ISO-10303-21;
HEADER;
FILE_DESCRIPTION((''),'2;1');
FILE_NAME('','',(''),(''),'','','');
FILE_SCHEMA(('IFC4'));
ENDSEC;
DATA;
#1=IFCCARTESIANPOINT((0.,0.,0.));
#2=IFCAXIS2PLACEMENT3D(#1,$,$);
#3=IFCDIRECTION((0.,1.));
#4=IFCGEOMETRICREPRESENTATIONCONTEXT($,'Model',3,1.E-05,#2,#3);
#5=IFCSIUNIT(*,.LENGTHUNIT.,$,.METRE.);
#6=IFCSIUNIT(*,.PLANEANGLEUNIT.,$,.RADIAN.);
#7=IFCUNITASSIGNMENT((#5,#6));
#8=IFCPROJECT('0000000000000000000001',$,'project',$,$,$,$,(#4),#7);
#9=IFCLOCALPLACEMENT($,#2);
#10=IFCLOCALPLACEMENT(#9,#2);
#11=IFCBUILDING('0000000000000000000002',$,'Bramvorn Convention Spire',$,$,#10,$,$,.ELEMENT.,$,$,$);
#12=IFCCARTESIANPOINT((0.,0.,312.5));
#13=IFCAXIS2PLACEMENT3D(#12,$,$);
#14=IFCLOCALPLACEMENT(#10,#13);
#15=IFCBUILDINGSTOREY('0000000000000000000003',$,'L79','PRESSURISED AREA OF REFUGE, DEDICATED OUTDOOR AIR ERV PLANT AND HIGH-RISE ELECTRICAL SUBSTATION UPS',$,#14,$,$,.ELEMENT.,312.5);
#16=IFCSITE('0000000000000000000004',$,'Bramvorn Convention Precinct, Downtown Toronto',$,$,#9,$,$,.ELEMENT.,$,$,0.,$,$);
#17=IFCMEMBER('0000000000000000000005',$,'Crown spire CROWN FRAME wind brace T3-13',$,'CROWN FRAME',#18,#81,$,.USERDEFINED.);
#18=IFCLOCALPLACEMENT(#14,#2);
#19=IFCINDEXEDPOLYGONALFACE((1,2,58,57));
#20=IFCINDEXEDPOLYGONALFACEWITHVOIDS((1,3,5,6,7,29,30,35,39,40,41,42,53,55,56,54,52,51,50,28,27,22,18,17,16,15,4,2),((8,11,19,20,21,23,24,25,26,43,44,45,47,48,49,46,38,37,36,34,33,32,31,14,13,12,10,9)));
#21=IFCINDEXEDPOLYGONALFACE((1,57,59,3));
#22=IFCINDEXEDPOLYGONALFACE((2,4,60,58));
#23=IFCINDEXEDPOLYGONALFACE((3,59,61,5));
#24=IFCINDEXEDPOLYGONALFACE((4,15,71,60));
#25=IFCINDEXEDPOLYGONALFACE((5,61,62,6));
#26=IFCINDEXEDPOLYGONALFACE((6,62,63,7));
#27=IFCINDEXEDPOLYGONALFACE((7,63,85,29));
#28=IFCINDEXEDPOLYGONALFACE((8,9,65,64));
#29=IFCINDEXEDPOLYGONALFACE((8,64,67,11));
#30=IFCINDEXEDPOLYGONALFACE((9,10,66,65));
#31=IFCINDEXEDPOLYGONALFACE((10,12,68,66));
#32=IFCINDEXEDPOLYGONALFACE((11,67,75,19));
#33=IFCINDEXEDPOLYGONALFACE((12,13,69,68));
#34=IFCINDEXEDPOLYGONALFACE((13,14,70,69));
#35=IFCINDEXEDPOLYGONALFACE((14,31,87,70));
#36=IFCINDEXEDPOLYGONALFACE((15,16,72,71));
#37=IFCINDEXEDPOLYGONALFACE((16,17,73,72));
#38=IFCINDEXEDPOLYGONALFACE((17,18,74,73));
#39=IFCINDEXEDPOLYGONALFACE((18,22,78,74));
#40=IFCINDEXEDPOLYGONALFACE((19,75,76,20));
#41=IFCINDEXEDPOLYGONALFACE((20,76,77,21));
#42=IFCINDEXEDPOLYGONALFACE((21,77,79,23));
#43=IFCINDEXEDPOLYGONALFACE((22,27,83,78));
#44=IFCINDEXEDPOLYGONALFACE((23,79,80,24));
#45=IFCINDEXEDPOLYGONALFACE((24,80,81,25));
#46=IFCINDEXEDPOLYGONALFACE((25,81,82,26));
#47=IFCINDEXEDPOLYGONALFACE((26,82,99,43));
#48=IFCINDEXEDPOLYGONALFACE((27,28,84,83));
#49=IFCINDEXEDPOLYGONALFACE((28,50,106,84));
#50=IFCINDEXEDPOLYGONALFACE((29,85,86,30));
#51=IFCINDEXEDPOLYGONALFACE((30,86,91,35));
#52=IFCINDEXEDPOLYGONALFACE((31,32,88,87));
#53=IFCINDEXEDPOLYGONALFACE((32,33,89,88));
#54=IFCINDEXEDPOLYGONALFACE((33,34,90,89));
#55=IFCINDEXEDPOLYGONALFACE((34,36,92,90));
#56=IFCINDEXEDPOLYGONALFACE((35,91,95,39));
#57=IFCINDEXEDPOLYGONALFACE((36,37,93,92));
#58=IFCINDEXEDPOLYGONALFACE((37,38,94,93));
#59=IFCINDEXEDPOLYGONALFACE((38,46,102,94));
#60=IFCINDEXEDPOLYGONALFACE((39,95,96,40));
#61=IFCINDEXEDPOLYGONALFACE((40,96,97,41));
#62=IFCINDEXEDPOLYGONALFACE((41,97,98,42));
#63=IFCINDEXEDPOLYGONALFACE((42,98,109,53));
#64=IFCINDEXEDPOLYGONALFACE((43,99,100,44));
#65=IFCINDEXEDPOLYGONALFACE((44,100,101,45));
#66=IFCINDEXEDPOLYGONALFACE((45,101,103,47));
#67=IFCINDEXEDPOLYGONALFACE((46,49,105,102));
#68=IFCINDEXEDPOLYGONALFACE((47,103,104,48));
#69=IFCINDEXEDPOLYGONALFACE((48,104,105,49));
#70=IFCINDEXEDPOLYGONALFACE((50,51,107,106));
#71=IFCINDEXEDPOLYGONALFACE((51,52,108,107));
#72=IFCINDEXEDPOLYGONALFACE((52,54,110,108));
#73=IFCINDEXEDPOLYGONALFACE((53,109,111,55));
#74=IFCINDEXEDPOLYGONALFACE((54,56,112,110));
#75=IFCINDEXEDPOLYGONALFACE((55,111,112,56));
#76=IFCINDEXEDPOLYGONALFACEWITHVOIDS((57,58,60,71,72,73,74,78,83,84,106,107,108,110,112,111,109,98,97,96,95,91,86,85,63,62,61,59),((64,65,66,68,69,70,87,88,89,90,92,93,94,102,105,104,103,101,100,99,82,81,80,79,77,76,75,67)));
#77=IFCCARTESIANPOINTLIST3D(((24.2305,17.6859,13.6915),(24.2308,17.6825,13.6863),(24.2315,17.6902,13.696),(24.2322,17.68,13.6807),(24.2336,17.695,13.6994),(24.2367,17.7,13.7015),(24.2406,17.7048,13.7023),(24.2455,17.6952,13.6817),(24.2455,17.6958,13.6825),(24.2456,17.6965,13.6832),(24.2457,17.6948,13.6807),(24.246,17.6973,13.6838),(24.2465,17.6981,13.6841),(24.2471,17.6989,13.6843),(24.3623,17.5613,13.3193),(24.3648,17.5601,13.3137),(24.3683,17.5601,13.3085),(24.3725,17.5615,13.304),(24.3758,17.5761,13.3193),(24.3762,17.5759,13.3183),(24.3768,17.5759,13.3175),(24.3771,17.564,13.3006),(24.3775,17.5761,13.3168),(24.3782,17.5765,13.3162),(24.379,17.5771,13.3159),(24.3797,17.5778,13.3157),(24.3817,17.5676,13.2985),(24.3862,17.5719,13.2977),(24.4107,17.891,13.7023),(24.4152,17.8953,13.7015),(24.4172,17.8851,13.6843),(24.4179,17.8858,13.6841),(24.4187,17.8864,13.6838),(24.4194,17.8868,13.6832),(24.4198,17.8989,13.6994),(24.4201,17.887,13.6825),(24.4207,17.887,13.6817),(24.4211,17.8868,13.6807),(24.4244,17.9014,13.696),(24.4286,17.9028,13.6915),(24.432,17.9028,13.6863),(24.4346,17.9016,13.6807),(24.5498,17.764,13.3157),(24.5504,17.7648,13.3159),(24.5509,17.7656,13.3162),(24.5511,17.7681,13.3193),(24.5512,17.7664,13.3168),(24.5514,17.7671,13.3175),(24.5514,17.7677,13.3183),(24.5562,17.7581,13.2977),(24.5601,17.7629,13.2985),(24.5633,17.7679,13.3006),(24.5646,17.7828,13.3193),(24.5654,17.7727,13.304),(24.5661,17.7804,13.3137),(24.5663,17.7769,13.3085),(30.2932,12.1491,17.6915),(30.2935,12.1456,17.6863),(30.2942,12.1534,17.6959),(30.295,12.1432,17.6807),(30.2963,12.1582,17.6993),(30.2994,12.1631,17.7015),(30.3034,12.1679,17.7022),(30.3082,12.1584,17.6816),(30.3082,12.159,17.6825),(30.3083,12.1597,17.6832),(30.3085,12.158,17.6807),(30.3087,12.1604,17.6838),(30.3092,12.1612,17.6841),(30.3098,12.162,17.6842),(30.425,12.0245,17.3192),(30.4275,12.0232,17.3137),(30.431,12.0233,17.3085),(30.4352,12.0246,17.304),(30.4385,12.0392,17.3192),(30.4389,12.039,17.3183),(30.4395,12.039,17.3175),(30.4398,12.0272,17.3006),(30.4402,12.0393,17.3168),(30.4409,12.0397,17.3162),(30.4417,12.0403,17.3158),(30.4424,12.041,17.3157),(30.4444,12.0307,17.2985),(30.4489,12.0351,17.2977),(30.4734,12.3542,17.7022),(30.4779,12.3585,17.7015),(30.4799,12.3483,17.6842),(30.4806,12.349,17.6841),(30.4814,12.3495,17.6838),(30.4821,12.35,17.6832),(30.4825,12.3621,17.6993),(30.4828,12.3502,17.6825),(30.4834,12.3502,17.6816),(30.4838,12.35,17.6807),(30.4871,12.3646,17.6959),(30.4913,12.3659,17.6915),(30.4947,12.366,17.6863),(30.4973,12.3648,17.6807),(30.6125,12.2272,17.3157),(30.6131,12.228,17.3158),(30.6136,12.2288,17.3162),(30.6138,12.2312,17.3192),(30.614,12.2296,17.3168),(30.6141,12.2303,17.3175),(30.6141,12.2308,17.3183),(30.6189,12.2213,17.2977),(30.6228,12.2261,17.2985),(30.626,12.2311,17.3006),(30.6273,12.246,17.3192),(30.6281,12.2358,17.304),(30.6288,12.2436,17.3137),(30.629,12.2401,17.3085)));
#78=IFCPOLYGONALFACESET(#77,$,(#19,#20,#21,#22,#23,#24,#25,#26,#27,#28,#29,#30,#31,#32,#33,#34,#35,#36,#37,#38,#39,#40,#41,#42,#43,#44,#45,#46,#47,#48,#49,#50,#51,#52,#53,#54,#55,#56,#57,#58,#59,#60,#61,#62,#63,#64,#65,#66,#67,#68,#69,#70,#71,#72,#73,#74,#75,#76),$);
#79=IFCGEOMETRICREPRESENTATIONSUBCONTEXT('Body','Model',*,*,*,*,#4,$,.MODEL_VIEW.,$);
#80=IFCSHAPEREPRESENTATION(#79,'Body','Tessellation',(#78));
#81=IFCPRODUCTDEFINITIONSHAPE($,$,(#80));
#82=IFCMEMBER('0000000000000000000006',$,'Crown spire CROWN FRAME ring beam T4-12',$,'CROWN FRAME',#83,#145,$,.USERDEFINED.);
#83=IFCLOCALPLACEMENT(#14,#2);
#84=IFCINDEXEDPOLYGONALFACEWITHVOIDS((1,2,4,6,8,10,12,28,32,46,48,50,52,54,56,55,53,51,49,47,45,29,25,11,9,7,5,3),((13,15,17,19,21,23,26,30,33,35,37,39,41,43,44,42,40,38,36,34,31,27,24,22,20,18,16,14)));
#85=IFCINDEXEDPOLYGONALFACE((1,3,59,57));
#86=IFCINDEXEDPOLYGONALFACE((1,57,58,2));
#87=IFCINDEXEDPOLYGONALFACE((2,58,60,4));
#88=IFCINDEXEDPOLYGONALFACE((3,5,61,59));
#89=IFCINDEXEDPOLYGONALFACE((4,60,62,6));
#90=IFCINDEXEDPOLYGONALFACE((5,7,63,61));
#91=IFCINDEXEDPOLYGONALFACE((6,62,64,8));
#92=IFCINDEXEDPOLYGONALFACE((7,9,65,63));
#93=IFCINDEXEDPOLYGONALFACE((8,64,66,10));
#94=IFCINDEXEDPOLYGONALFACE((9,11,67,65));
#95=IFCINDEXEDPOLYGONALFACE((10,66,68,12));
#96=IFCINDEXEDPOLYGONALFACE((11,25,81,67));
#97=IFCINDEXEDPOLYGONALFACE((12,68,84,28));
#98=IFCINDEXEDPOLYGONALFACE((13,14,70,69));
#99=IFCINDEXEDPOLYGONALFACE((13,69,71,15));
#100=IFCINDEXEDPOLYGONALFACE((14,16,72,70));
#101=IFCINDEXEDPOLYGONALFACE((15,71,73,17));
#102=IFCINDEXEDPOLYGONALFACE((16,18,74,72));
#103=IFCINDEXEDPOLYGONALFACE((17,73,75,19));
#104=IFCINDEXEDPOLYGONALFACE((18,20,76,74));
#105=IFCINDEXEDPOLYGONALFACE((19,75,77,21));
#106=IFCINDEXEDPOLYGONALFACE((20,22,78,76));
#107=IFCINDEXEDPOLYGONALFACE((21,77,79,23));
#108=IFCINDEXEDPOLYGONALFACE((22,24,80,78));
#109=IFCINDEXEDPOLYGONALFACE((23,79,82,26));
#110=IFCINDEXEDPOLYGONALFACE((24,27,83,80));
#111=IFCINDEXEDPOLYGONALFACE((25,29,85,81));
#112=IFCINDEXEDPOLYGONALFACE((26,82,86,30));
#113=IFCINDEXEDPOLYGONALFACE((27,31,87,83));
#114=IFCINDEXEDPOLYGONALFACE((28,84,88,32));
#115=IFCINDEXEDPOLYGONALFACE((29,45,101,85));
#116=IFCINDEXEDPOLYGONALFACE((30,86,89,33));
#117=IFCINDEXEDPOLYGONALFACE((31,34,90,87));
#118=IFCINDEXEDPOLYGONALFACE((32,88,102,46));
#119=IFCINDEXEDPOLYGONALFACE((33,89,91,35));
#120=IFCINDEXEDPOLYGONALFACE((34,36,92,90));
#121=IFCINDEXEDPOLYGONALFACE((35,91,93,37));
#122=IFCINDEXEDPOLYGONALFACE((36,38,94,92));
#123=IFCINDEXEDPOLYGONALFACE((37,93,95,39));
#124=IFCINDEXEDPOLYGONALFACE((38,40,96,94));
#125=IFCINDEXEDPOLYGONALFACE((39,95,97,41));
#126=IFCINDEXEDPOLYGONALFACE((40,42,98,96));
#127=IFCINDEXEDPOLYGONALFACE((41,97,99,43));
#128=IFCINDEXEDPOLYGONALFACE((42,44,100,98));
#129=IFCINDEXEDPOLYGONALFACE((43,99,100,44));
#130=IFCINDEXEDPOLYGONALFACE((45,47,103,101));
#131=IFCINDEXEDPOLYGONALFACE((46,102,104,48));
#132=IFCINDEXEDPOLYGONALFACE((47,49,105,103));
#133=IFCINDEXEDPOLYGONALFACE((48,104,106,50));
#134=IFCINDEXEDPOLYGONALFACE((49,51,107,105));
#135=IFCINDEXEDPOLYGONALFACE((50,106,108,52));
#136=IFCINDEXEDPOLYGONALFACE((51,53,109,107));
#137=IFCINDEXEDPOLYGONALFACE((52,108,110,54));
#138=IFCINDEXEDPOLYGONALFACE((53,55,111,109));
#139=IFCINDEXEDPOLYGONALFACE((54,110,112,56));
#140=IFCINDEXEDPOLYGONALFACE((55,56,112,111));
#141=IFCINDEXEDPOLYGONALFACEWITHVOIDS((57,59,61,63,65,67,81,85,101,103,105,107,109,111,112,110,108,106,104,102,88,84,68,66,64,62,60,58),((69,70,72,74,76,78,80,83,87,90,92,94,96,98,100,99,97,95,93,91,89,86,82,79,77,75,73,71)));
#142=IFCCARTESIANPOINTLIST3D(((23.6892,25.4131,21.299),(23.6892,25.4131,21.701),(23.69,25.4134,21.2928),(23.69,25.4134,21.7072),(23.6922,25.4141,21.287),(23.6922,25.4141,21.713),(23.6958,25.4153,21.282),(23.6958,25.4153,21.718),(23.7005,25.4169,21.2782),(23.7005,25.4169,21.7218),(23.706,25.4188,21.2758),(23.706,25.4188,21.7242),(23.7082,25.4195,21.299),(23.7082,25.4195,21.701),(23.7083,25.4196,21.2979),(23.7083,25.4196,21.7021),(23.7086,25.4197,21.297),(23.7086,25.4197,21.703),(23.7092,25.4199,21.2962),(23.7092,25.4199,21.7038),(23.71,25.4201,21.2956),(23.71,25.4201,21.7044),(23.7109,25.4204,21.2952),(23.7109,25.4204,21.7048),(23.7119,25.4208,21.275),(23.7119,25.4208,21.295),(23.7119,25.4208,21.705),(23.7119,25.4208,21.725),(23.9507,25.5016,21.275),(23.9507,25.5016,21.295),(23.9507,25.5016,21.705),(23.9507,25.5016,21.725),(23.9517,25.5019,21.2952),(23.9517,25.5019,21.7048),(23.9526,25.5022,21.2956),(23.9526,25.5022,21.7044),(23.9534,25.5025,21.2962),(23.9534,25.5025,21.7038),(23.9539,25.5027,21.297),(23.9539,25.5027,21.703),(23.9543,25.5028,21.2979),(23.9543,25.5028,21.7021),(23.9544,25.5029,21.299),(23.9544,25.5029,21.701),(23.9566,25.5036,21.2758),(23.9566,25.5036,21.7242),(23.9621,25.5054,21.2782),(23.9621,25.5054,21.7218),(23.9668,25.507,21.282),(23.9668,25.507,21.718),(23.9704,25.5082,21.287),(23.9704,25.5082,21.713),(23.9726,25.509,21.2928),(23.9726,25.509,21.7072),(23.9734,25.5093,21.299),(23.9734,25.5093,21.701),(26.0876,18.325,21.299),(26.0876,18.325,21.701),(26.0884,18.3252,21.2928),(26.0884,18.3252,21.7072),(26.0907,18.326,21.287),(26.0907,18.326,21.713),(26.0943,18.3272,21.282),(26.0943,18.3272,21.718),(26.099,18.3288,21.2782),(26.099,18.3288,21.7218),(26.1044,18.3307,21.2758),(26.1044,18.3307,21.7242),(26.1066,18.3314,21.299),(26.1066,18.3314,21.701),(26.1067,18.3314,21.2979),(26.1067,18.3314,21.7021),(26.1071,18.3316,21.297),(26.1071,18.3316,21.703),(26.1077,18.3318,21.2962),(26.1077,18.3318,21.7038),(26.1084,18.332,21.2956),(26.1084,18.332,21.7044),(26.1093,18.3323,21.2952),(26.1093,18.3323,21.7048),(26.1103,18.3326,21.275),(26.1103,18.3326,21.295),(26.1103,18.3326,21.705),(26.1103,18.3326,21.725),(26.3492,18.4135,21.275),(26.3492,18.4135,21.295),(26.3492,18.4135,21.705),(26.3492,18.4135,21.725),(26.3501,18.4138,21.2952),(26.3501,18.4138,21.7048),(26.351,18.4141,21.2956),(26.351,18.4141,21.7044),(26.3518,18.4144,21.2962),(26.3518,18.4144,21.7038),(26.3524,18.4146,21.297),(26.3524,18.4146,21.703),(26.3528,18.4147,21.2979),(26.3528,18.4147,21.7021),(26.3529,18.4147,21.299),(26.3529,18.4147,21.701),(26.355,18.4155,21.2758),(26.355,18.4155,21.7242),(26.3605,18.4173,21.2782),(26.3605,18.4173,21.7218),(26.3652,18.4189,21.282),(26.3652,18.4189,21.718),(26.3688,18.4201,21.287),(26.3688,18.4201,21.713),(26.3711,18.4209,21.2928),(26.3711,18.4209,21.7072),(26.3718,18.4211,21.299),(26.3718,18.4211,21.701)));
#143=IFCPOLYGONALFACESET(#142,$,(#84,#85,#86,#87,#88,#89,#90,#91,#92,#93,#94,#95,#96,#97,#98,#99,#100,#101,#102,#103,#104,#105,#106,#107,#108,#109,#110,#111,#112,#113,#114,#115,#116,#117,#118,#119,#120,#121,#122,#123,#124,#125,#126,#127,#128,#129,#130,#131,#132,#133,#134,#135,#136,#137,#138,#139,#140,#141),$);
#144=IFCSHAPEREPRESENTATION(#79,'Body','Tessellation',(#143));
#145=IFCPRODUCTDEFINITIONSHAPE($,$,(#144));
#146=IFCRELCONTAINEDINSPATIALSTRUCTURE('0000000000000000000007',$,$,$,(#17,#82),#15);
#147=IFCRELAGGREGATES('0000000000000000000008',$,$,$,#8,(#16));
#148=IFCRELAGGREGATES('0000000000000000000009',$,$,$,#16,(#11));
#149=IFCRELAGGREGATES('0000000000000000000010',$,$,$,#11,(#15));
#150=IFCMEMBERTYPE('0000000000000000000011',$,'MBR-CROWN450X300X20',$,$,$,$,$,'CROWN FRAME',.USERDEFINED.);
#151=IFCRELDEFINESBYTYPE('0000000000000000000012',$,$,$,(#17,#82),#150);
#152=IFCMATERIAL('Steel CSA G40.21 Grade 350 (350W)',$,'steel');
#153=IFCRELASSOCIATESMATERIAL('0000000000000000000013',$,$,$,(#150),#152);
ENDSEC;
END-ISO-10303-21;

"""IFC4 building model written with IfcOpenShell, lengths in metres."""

from ifc_helpers import new_model, si_unit, direction, frame, origin, origin_2d, place, context, subcontext, project, spatial, hollow_rectangle, extrude, material, material_profile, profile_set, type_object, element, save


model = new_model("IFC4")

# Units and contexts
model_context = context("Model", 3, precision=1e-05, world=origin(), true_north=direction((0.0, 1.0)))
body_context = subcontext(model_context, "Body", "Model", "MODEL_VIEW")
ifc_project = project(units=[si_unit("LENGTHUNIT", "METRE"), si_unit("PLANEANGLEUNIT", "RADIAN")], contexts=[model_context])

# Site, building, storey
site_placement = place(None, origin())
site = spatial("IfcSite", under=ifc_project, at=site_placement, Name="Bramvorn Convention Precinct, Downtown Toronto", CompositionType="ELEMENT", RefElevation=0.0)
building_placement = place(site_placement, origin())
building = spatial("IfcBuilding", under=site, at=building_placement, Name="Bramvorn Convention Spire", CompositionType="ELEMENT")
storey_placement = place(building_placement, frame((0.0, 0.0, 312.5)))
storey = spatial("IfcBuildingStorey", under=building, at=storey_placement, Name="L79", Description="PRESSURISED AREA OF REFUGE, DEDICATED OUTDOOR AIR ERV PLANT AND HIGH-RISE ELECTRICAL SUBSTATION UPS", CompositionType="ELEMENT", Elevation=312.5)

# Members
ifc_material_1 = material(Name="Steel CSA G40.21 Grade 350 (350W)", Category="steel")
ifc_material_profile = material_profile(ifc_material_1, hollow_rectangle(XDim=0.3, YDim=0.45, WallThickness=0.02, InnerFilletRadius=0.0039, OuterFilletRadius=0.0239, at=origin_2d()))
ifc_profile_set = profile_set([ifc_material_profile], Name="Steel CSA G40.21 Grade 350 (350W) - CROWN450X300X20")
member_type = type_object("IfcMemberType", Name="MBR-CROWN450X300X20", ElementType="CROWN FRAME", PredefinedType="USERDEFINED", material=ifc_profile_set)
member_1_placement = place(storey_placement, frame((24.3984, 17.7314, 13.5), z_axis=(0.66382, -0.606241, 0.437967), x_axis=(0.674357, 0.738406, 0.0)))
element("IfcMember", 1, at=member_1_placement, inside=storey, type_object=member_type, Name="Crown spire CROWN FRAME wind brace T3-13", ObjectType="CROWN FRAME", PredefinedType="USERDEFINED", context=body_context, shape_type="SweptSolid", body=[
    extrude(hollow_rectangle(XDim=0.3, YDim=0.45, WallThickness=0.02, InnerFilletRadius=0.0039, OuterFilletRadius=0.0239, at=origin_2d()), origin(), (0.0, 0.0, 1.0), 9.1331),
])
member_2_placement = place(storey_placement, frame((23.8313, 25.4612, 21.5), z_axis=(0.320521, -0.947241, 0.0), x_axis=(0.947241, 0.320521, 0.0)))
element("IfcMember", 2, at=member_2_placement, inside=storey, type_object=member_type, Name="Crown spire CROWN FRAME ring beam T4-12", ObjectType="CROWN FRAME", PredefinedType="USERDEFINED", context=body_context, shape_type="SweptSolid", body=[
    extrude(hollow_rectangle(XDim=0.3, YDim=0.45, WallThickness=0.02, InnerFilletRadius=0.0039, OuterFilletRadius=0.0239, at=origin_2d()), origin(), (0.0, 0.0, 1.0), 7.4829),
])

save(model, "model.ifc")
